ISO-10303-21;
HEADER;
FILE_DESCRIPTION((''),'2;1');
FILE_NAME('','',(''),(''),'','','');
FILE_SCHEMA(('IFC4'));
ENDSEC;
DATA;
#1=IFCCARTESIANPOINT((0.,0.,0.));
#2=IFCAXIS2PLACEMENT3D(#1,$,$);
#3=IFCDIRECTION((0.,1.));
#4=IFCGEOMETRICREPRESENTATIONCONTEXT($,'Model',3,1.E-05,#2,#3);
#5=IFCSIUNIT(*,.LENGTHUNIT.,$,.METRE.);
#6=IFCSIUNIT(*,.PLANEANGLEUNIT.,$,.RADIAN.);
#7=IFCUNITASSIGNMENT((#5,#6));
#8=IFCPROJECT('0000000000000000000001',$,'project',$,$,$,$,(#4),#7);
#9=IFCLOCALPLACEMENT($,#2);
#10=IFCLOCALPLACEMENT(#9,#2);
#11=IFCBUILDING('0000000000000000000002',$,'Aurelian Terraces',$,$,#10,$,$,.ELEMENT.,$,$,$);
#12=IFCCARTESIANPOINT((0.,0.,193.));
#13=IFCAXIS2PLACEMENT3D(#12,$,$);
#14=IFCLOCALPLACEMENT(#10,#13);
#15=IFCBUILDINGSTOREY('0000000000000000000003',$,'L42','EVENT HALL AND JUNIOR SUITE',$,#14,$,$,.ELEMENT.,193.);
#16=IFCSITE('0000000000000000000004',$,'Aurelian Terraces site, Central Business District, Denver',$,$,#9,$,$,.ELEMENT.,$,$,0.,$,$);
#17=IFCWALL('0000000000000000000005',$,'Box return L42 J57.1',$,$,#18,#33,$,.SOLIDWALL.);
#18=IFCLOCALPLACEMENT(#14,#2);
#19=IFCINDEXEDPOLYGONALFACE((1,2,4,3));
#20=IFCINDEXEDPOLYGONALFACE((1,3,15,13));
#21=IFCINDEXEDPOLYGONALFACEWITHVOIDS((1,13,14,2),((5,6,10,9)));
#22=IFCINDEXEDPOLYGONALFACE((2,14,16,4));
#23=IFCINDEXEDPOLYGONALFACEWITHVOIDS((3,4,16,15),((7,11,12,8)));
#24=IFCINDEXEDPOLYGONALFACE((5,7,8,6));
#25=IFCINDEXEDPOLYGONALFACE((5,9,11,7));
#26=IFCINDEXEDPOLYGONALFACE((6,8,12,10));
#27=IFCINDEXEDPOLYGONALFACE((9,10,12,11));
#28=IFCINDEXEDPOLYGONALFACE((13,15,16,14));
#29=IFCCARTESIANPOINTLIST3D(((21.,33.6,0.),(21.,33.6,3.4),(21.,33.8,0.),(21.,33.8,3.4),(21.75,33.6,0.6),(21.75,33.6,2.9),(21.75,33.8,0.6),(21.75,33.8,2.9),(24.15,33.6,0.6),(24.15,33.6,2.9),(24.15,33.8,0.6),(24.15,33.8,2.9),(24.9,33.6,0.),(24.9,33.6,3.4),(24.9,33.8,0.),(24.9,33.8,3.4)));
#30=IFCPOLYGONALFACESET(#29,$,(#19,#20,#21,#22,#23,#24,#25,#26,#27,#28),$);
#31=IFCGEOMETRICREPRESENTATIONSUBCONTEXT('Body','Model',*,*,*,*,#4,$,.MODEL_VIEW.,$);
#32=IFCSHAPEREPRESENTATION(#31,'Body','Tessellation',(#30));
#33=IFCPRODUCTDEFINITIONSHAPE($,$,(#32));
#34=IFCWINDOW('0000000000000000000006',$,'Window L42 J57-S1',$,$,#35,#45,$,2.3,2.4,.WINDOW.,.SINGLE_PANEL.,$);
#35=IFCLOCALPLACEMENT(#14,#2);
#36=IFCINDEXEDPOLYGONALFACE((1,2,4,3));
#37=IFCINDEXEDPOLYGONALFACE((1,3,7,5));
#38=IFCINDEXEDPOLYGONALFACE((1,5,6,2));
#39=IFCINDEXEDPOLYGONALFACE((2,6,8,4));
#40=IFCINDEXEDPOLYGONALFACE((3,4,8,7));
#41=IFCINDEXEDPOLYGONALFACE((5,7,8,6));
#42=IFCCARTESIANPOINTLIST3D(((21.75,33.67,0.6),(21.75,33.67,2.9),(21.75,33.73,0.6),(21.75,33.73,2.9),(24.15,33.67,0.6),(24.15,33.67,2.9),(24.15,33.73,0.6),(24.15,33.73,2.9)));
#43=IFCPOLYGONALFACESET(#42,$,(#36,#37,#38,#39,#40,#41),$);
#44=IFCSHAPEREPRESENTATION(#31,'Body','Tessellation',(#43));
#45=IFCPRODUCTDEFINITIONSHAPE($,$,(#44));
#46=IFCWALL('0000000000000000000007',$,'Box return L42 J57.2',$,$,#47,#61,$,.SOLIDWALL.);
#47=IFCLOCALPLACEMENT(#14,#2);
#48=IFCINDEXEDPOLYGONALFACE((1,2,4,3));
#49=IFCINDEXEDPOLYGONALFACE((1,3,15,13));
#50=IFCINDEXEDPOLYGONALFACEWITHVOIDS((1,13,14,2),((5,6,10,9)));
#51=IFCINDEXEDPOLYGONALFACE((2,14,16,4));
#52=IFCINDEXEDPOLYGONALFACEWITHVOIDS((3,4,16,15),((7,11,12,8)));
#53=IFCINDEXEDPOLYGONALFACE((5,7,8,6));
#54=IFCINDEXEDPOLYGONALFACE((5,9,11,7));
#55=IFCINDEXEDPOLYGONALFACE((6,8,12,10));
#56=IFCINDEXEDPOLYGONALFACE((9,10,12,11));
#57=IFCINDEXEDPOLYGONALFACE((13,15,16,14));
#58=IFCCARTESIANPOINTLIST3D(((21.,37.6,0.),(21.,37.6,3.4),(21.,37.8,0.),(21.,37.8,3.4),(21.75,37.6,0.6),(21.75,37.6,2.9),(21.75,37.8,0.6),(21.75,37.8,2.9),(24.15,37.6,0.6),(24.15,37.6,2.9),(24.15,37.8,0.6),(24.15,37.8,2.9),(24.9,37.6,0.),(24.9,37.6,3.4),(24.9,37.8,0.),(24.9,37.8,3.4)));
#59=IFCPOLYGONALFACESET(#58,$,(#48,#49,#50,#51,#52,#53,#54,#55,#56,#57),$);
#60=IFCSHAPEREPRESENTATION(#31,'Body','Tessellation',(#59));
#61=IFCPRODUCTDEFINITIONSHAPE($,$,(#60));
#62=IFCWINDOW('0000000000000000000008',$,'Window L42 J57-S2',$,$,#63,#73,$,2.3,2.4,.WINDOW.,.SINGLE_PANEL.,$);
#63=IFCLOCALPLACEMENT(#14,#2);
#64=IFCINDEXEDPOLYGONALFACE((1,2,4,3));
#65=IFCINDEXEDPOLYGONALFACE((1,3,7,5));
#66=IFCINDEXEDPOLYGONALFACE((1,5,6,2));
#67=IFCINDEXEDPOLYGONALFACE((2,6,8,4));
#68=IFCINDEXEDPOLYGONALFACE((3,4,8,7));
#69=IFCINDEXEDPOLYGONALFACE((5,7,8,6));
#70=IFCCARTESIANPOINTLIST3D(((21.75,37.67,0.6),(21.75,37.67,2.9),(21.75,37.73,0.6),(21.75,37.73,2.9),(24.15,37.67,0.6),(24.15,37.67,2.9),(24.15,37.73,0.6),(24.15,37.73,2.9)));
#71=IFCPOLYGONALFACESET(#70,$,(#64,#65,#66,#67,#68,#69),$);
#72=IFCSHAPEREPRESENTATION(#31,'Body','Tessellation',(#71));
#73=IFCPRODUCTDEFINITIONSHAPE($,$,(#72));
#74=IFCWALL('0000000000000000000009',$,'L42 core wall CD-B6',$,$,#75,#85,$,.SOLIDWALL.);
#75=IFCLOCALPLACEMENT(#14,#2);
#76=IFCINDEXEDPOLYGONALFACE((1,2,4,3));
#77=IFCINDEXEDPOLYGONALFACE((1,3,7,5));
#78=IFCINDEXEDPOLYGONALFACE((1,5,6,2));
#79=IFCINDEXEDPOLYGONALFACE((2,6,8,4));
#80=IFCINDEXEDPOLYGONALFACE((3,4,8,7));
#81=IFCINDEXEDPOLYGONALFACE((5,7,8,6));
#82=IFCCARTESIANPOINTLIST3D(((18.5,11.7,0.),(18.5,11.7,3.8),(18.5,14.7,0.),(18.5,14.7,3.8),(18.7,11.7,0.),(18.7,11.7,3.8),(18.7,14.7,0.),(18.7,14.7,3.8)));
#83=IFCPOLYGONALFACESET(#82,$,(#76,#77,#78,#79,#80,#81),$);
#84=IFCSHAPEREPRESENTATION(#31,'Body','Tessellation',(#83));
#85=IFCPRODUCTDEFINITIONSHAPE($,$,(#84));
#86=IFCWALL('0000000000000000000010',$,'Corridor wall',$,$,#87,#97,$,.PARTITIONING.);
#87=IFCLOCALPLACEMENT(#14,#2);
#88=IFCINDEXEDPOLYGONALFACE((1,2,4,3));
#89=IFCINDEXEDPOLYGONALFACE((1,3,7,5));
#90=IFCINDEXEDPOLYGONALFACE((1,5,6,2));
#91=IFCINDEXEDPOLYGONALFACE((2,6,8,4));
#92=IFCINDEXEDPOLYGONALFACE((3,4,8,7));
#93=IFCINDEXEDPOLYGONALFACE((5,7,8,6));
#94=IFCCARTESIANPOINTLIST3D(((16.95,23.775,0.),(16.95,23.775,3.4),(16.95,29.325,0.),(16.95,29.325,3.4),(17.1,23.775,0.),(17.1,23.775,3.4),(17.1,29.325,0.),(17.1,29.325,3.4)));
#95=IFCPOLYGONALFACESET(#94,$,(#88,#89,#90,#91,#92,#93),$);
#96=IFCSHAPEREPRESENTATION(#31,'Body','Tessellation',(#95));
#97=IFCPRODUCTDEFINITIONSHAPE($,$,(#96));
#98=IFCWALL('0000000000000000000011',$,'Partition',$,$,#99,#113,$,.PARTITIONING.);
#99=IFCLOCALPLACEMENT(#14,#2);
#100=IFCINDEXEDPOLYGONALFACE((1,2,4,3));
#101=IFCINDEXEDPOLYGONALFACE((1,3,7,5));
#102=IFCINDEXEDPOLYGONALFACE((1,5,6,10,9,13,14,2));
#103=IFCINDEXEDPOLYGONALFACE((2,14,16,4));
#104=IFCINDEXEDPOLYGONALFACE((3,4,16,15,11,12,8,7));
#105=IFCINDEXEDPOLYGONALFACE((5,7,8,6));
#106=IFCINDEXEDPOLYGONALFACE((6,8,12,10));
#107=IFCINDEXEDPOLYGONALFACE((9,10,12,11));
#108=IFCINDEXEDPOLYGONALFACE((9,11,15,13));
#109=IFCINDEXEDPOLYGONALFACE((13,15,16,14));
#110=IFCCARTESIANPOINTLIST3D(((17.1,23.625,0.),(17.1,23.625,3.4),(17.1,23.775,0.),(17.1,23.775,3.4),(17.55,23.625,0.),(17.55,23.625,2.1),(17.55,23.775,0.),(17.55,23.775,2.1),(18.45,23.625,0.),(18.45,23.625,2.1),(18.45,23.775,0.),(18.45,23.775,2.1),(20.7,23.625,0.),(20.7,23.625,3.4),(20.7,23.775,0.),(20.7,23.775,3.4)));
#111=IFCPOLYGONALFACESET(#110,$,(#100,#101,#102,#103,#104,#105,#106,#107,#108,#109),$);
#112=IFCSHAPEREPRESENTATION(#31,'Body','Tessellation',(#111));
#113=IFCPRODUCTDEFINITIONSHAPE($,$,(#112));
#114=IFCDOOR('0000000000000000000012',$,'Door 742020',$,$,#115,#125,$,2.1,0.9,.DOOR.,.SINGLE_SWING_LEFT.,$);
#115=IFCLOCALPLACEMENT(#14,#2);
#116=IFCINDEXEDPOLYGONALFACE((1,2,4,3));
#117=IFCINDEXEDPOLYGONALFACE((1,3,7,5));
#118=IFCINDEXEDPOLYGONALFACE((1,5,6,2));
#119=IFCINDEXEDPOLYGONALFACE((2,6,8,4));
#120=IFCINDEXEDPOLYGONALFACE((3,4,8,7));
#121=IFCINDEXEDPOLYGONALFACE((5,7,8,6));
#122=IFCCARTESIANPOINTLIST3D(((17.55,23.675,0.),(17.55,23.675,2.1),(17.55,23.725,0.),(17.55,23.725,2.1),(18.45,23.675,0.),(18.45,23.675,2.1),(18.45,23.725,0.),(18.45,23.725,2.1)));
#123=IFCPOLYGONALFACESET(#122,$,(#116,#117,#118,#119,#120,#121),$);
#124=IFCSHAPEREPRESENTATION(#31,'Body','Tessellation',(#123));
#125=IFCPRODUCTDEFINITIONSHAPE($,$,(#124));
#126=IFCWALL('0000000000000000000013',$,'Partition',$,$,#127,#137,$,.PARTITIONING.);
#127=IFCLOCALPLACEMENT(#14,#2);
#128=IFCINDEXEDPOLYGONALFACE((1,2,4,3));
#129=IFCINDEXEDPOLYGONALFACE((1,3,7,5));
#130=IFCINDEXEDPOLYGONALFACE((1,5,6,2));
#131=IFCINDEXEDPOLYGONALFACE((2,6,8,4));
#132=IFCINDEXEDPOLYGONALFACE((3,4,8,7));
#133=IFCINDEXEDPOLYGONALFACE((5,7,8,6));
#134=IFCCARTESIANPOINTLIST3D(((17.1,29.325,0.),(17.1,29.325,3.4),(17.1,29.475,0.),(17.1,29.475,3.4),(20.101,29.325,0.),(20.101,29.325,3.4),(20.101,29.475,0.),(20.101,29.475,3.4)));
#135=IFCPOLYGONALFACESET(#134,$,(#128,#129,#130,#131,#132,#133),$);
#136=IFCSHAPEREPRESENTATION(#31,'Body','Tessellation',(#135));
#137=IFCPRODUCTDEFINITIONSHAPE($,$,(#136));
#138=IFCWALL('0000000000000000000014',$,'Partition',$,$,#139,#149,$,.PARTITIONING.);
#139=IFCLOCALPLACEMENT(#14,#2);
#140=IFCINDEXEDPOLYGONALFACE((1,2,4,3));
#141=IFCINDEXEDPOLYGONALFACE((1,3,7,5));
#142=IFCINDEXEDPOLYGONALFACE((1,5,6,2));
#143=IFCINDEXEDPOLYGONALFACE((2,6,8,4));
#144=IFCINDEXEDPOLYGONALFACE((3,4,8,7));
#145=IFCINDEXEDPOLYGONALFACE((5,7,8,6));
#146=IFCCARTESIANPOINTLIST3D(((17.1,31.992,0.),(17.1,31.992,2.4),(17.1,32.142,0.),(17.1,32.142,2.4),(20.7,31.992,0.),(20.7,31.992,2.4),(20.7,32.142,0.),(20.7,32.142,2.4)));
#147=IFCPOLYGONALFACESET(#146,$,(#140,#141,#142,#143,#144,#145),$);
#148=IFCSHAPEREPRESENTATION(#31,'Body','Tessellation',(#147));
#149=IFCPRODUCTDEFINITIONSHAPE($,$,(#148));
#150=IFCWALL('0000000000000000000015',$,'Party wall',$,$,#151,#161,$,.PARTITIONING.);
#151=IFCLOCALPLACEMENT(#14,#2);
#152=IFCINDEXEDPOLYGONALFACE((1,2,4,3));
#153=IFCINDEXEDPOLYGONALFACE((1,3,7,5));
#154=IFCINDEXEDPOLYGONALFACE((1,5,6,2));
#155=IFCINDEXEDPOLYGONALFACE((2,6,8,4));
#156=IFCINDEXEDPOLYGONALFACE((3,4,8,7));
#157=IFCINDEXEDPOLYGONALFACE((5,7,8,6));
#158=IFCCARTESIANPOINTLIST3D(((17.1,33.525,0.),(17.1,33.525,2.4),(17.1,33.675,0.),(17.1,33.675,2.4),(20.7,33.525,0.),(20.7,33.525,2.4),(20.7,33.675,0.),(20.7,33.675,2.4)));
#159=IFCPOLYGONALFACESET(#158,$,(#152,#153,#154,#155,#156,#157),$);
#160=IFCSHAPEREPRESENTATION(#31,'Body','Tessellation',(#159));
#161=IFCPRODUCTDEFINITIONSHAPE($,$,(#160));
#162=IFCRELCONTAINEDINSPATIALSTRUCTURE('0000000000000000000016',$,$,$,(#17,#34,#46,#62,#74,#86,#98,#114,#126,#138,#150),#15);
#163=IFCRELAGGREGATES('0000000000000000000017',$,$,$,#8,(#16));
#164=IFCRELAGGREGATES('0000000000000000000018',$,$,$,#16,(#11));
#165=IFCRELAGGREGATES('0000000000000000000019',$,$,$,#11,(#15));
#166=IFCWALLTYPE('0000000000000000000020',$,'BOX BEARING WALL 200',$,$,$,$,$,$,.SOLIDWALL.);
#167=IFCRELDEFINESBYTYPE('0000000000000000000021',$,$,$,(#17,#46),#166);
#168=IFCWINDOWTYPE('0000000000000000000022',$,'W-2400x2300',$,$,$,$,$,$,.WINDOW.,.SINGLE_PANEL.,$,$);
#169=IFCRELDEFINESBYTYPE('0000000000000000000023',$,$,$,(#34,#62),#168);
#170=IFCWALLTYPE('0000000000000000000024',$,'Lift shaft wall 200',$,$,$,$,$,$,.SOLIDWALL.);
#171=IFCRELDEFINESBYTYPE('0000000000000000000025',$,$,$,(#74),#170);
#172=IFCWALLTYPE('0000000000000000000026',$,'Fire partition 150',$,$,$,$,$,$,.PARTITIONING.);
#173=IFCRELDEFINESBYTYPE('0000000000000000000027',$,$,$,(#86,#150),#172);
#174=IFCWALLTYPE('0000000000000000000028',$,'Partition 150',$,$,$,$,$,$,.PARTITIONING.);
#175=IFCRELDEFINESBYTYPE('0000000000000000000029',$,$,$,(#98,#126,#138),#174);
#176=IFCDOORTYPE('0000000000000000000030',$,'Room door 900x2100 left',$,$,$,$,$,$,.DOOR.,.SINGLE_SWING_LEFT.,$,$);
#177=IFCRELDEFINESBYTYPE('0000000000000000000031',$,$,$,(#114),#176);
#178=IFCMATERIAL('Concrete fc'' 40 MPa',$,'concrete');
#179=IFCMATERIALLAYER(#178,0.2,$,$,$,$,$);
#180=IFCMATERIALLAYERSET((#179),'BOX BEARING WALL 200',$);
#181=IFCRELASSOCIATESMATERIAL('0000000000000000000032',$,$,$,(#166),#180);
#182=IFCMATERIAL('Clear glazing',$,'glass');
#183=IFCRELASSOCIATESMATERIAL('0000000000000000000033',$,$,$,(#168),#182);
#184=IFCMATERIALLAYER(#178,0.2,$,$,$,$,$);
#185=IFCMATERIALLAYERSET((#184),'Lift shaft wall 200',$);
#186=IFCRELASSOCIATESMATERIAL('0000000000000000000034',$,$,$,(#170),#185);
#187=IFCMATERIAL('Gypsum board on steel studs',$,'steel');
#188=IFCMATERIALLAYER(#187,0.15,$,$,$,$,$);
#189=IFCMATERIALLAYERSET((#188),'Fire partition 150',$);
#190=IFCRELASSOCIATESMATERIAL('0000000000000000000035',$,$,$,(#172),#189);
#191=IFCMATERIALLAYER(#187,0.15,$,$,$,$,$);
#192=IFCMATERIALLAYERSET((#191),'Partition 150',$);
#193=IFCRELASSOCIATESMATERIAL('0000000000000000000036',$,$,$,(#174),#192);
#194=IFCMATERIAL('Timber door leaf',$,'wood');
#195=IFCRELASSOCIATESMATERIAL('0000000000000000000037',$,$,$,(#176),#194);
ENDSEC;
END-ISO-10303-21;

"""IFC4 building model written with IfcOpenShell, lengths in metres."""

from ifc_helpers import new_model, si_unit, direction, frame, frame_2d, origin, place, context, subcontext, project, spatial, rectangle, extrude, source, transform, mapped, material, layer, layer_set, type_object, element, fill, save


model = new_model("IFC4")

# Units and contexts
model_context = context("Model", 3, precision=1e-05, world=origin(), true_north=direction((0.0, 1.0)))
body_context = subcontext(model_context, "Body", "Model", "MODEL_VIEW")
ifc_project = project(units=[si_unit("LENGTHUNIT", "METRE"), si_unit("PLANEANGLEUNIT", "RADIAN")], contexts=[model_context])

# Site, building, storey
site_placement = place(None, origin())
site = spatial("IfcSite", under=ifc_project, at=site_placement, Name="Aurelian Terraces site, Central Business District, Denver", CompositionType="ELEMENT", RefElevation=0.0)
building_placement = place(site_placement, origin())
building = spatial("IfcBuilding", under=site, at=building_placement, Name="Aurelian Terraces", CompositionType="ELEMENT")
storey_placement = place(building_placement, frame((0.0, 0.0, 193.0)))
storey = spatial("IfcBuildingStorey", under=building, at=storey_placement, Name="L42", Description="EVENT HALL AND JUNIOR SUITE", CompositionType="ELEMENT", Elevation=193.0)

# Shared definitions
ifc_material_1 = material(Name="Concrete fc' 40 MPa", Category="concrete")

# Shared definitions
ifc_material_2 = material(Name="Clear glazing", Category="glass")

# Shared definitions
ifc_material_3 = material(Name="Timber door leaf", Category="wood")

# Walls, openings, windows
ifc_layer_1 = layer(ifc_material_1, 0.2)
ifc_layer_set_1 = layer_set([ifc_layer_1], Name="BOX BEARING WALL 200")
wall_type_1 = type_object("IfcWallType", Name="BOX BEARING WALL 200", PredefinedType="SOLIDWALL", material=ifc_layer_set_1)
shared_shape_1 = source(origin(), body_context, "Body", "SweptSolid", [
    extrude(rectangle(XDim=3.9, YDim=0.2, at=frame_2d((1.95, 0.0))), origin(), (0.0, 0.0, 1.0), 3.4),
])
wall_1_placement = place(storey_placement, frame((21.0, 33.7, 0.0), z_axis=(0.0, 0.0, 1.0), x_axis=(1.0, 0.0, 0.0)))
wall_1 = element("IfcWall", 1, at=wall_1_placement, inside=storey, type_object=wall_type_1, Name="Box return L42 J57.1", PredefinedType="SOLIDWALL", context=body_context, shape_type="MappedRepresentation", body=[
    mapped(shared_shape_1, transform((0.0, 0.0, 0.0), scale=1.0)),
])
shared_shape_2 = source(origin(), body_context, "Body", "SweptSolid", [
    extrude(rectangle(XDim=2.4, YDim=2.3, at=frame_2d((1.2, 1.15))), frame((0.0, 0.11, 0.0), z_axis=(0.0, -1.0, 0.0), x_axis=(1.0, 0.0, 0.0)), (0.0, 0.0, 1.0), 0.22),
])
opening_1_placement = place(wall_1_placement, frame((0.75, 0.0, 0.6)))
opening_1 = element("IfcOpeningElement", 2, at=opening_1_placement, cuts=wall_1, PredefinedType="OPENING", context=body_context, shape_type="MappedRepresentation", body=[
    mapped(shared_shape_2, transform((0.0, 0.0, 0.0), scale=1.0)),
])
window_type_1 = type_object("IfcWindowType", Name="W-2400x2300", PartitioningType="SINGLE_PANEL", PredefinedType="WINDOW", material=ifc_material_2)
shared_shape_3 = source(origin(), body_context, "Body", "SweptSolid", [
    extrude(rectangle(XDim=2.4, YDim=2.3, at=frame_2d((1.2, 1.15))), frame((0.0, 0.03, 0.0), z_axis=(0.0, -1.0, 0.0), x_axis=(1.0, 0.0, 0.0)), (0.0, 0.0, 1.0), 0.06),
])
window_1_placement = place(opening_1_placement, origin())
window_1 = element("IfcWindow", 3, at=window_1_placement, inside=storey, type_object=window_type_1, Name="Window L42 J57-S1", OverallHeight=2.3, OverallWidth=2.4, PartitioningType="SINGLE_PANEL", PredefinedType="WINDOW", context=body_context, shape_type="MappedRepresentation", body=[
    mapped(shared_shape_3, transform((0.0, 0.0, 0.0), scale=1.0)),
])
fill(opening_1, window_1)
wall_2_placement = place(storey_placement, frame((21.0, 37.7, 0.0), z_axis=(0.0, 0.0, 1.0), x_axis=(1.0, 0.0, 0.0)))
wall_2 = element("IfcWall", 4, at=wall_2_placement, inside=storey, type_object=wall_type_1, Name="Box return L42 J57.2", PredefinedType="SOLIDWALL", context=body_context, shape_type="MappedRepresentation", body=[
    mapped(shared_shape_1, transform((0.0, 0.0, 0.0), scale=1.0)),
])
opening_2_placement = place(wall_2_placement, frame((0.75, 0.0, 0.6)))
opening_2 = element("IfcOpeningElement", 5, at=opening_2_placement, cuts=wall_2, PredefinedType="OPENING", context=body_context, shape_type="MappedRepresentation", body=[
    mapped(shared_shape_2, transform((0.0, 0.0, 0.0), scale=1.0)),
])
window_2_placement = place(opening_2_placement, origin())
window_2 = element("IfcWindow", 6, at=window_2_placement, inside=storey, type_object=window_type_1, Name="Window L42 J57-S2", OverallHeight=2.3, OverallWidth=2.4, PartitioningType="SINGLE_PANEL", PredefinedType="WINDOW", context=body_context, shape_type="MappedRepresentation", body=[
    mapped(shared_shape_3, transform((0.0, 0.0, 0.0), scale=1.0)),
])
fill(opening_2, window_2)

# Walls
ifc_layer_2 = layer(ifc_material_1, 0.2)
ifc_layer_set_2 = layer_set([ifc_layer_2], Name="Lift shaft wall 200")
wall_type_2 = type_object("IfcWallType", Name="Lift shaft wall 200", PredefinedType="SOLIDWALL", material=ifc_layer_set_2)
shared_shape_4 = source(origin(), body_context, "Body", "SweptSolid", [
    extrude(rectangle(XDim=3.0, YDim=0.2, at=frame_2d((1.5, 0.0))), origin(), (0.0, 0.0, 1.0), 3.8),
])
wall_3_placement = place(storey_placement, frame((18.6, 11.7, 0.0), z_axis=(0.0, 0.0, 1.0), x_axis=(0.0, 1.0, 0.0)))
element("IfcWall", 7, at=wall_3_placement, inside=storey, type_object=wall_type_2, Name="L42 core wall CD-B6", PredefinedType="SOLIDWALL", context=body_context, shape_type="MappedRepresentation", body=[
    mapped(shared_shape_4, transform((0.0, 0.0, 0.0), scale=1.0)),
])
ifc_material_4 = material(Name="Gypsum board on steel studs", Category="steel")
ifc_layer_3 = layer(ifc_material_4, 0.15)
ifc_layer_set_3 = layer_set([ifc_layer_3], Name="Fire partition 150")
wall_type_3 = type_object("IfcWallType", Name="Fire partition 150", PredefinedType="PARTITIONING", material=ifc_layer_set_3)
shared_shape_5 = source(origin(), body_context, "Body", "SweptSolid", [
    extrude(rectangle(XDim=5.55, YDim=0.15, at=frame_2d((2.775, 0.0))), origin(), (0.0, 0.0, 1.0), 3.4),
])
wall_4_placement = place(storey_placement, frame((17.025, 29.325, 0.0), z_axis=(0.0, 0.0, 1.0), x_axis=(0.0, -1.0, 0.0)))
element("IfcWall", 8, at=wall_4_placement, inside=storey, type_object=wall_type_3, Name="Corridor wall", PredefinedType="PARTITIONING", context=body_context, shape_type="MappedRepresentation", body=[
    mapped(shared_shape_5, transform((0.0, 0.0, 0.0), scale=1.0)),
])

# Wall, opening, door
ifc_layer_4 = layer(ifc_material_4, 0.15)
ifc_layer_set_4 = layer_set([ifc_layer_4], Name="Partition 150")
wall_type_4 = type_object("IfcWallType", Name="Partition 150", PredefinedType="PARTITIONING", material=ifc_layer_set_4)
shared_shape_6 = source(origin(), body_context, "Body", "SweptSolid", [
    extrude(rectangle(XDim=3.6, YDim=0.15, at=frame_2d((1.8, 0.0))), origin(), (0.0, 0.0, 1.0), 3.4),
])
wall_5_placement = place(storey_placement, frame((17.1, 23.7, 0.0), z_axis=(0.0, 0.0, 1.0), x_axis=(1.0, 0.0, 0.0)))
wall_5 = element("IfcWall", 9, at=wall_5_placement, inside=storey, type_object=wall_type_4, Name="Partition", PredefinedType="PARTITIONING", context=body_context, shape_type="MappedRepresentation", body=[
    mapped(shared_shape_6, transform((0.0, 0.0, 0.0), scale=1.0)),
])
shared_shape_7 = source(origin(), body_context, "Body", "SweptSolid", [
    extrude(rectangle(XDim=0.9, YDim=2.1, at=frame_2d((0.45, 1.05))), frame((0.0, 0.085, 0.0), z_axis=(0.0, -1.0, 0.0), x_axis=(1.0, 0.0, 0.0)), (0.0, 0.0, 1.0), 0.17),
])
opening_3_placement = place(wall_5_placement, frame((0.45, 0.0, 0.0)))
opening_3 = element("IfcOpeningElement", 10, at=opening_3_placement, cuts=wall_5, PredefinedType="OPENING", context=body_context, shape_type="MappedRepresentation", body=[
    mapped(shared_shape_7, transform((0.0, 0.0, 0.0), scale=1.0)),
])
door_type_1 = type_object("IfcDoorType", Name="Room door 900x2100 left", OperationType="SINGLE_SWING_LEFT", PredefinedType="DOOR", material=ifc_material_3)
shared_shape_8 = source(origin(), body_context, "Body", "SweptSolid", [
    extrude(rectangle(XDim=0.9, YDim=2.1, at=frame_2d((0.45, 1.05))), frame((0.0, 0.025, 0.0), z_axis=(0.0, -1.0, 0.0), x_axis=(1.0, 0.0, 0.0)), (0.0, 0.0, 1.0), 0.05),
])
door_1_placement = place(opening_3_placement, origin())
door_1 = element("IfcDoor", 11, at=door_1_placement, inside=storey, type_object=door_type_1, Name="Door 742020", OperationType="SINGLE_SWING_LEFT", OverallHeight=2.1, OverallWidth=0.9, PredefinedType="DOOR", context=body_context, shape_type="MappedRepresentation", body=[
    mapped(shared_shape_8, transform((0.0, 0.0, 0.0), scale=1.0)),
])
fill(opening_3, door_1)

# Walls
shared_shape_9 = source(origin(), body_context, "Body", "SweptSolid", [
    extrude(rectangle(XDim=3.001, YDim=0.15, at=frame_2d((1.5005, 0.0))), origin(), (0.0, 0.0, 1.0), 3.4),
])
wall_6_placement = place(storey_placement, frame((20.101, 29.4, 0.0), z_axis=(0.0, 0.0, 1.0), x_axis=(-1.0, 0.0, 0.0)))
element("IfcWall", 12, at=wall_6_placement, inside=storey, type_object=wall_type_4, Name="Partition", PredefinedType="PARTITIONING", context=body_context, shape_type="MappedRepresentation", body=[
    mapped(shared_shape_9, transform((0.0, 0.0, 0.0), scale=1.0)),
])
shared_shape_10 = source(origin(), body_context, "Body", "SweptSolid", [
    extrude(rectangle(XDim=3.6, YDim=0.15, at=frame_2d((1.8, 0.0))), origin(), (0.0, 0.0, 1.0), 2.4),
])
wall_7_placement = place(storey_placement, frame((17.1, 32.067, 0.0), z_axis=(0.0, 0.0, 1.0), x_axis=(1.0, 0.0, 0.0)))
element("IfcWall", 13, at=wall_7_placement, inside=storey, type_object=wall_type_4, Name="Partition", PredefinedType="PARTITIONING", context=body_context, shape_type="MappedRepresentation", body=[
    mapped(shared_shape_10, transform((0.0, 0.0, 0.0), scale=1.0)),
])
wall_8_placement = place(storey_placement, frame((20.7, 33.6, 0.0), z_axis=(0.0, 0.0, 1.0), x_axis=(-1.0, 0.0, 0.0)))
element("IfcWall", 14, at=wall_8_placement, inside=storey, type_object=wall_type_3, Name="Party wall", PredefinedType="PARTITIONING", context=body_context, shape_type="MappedRepresentation", body=[
    mapped(shared_shape_10, transform((0.0, 0.0, 0.0), scale=1.0)),
])

save(model, "model.ifc")
